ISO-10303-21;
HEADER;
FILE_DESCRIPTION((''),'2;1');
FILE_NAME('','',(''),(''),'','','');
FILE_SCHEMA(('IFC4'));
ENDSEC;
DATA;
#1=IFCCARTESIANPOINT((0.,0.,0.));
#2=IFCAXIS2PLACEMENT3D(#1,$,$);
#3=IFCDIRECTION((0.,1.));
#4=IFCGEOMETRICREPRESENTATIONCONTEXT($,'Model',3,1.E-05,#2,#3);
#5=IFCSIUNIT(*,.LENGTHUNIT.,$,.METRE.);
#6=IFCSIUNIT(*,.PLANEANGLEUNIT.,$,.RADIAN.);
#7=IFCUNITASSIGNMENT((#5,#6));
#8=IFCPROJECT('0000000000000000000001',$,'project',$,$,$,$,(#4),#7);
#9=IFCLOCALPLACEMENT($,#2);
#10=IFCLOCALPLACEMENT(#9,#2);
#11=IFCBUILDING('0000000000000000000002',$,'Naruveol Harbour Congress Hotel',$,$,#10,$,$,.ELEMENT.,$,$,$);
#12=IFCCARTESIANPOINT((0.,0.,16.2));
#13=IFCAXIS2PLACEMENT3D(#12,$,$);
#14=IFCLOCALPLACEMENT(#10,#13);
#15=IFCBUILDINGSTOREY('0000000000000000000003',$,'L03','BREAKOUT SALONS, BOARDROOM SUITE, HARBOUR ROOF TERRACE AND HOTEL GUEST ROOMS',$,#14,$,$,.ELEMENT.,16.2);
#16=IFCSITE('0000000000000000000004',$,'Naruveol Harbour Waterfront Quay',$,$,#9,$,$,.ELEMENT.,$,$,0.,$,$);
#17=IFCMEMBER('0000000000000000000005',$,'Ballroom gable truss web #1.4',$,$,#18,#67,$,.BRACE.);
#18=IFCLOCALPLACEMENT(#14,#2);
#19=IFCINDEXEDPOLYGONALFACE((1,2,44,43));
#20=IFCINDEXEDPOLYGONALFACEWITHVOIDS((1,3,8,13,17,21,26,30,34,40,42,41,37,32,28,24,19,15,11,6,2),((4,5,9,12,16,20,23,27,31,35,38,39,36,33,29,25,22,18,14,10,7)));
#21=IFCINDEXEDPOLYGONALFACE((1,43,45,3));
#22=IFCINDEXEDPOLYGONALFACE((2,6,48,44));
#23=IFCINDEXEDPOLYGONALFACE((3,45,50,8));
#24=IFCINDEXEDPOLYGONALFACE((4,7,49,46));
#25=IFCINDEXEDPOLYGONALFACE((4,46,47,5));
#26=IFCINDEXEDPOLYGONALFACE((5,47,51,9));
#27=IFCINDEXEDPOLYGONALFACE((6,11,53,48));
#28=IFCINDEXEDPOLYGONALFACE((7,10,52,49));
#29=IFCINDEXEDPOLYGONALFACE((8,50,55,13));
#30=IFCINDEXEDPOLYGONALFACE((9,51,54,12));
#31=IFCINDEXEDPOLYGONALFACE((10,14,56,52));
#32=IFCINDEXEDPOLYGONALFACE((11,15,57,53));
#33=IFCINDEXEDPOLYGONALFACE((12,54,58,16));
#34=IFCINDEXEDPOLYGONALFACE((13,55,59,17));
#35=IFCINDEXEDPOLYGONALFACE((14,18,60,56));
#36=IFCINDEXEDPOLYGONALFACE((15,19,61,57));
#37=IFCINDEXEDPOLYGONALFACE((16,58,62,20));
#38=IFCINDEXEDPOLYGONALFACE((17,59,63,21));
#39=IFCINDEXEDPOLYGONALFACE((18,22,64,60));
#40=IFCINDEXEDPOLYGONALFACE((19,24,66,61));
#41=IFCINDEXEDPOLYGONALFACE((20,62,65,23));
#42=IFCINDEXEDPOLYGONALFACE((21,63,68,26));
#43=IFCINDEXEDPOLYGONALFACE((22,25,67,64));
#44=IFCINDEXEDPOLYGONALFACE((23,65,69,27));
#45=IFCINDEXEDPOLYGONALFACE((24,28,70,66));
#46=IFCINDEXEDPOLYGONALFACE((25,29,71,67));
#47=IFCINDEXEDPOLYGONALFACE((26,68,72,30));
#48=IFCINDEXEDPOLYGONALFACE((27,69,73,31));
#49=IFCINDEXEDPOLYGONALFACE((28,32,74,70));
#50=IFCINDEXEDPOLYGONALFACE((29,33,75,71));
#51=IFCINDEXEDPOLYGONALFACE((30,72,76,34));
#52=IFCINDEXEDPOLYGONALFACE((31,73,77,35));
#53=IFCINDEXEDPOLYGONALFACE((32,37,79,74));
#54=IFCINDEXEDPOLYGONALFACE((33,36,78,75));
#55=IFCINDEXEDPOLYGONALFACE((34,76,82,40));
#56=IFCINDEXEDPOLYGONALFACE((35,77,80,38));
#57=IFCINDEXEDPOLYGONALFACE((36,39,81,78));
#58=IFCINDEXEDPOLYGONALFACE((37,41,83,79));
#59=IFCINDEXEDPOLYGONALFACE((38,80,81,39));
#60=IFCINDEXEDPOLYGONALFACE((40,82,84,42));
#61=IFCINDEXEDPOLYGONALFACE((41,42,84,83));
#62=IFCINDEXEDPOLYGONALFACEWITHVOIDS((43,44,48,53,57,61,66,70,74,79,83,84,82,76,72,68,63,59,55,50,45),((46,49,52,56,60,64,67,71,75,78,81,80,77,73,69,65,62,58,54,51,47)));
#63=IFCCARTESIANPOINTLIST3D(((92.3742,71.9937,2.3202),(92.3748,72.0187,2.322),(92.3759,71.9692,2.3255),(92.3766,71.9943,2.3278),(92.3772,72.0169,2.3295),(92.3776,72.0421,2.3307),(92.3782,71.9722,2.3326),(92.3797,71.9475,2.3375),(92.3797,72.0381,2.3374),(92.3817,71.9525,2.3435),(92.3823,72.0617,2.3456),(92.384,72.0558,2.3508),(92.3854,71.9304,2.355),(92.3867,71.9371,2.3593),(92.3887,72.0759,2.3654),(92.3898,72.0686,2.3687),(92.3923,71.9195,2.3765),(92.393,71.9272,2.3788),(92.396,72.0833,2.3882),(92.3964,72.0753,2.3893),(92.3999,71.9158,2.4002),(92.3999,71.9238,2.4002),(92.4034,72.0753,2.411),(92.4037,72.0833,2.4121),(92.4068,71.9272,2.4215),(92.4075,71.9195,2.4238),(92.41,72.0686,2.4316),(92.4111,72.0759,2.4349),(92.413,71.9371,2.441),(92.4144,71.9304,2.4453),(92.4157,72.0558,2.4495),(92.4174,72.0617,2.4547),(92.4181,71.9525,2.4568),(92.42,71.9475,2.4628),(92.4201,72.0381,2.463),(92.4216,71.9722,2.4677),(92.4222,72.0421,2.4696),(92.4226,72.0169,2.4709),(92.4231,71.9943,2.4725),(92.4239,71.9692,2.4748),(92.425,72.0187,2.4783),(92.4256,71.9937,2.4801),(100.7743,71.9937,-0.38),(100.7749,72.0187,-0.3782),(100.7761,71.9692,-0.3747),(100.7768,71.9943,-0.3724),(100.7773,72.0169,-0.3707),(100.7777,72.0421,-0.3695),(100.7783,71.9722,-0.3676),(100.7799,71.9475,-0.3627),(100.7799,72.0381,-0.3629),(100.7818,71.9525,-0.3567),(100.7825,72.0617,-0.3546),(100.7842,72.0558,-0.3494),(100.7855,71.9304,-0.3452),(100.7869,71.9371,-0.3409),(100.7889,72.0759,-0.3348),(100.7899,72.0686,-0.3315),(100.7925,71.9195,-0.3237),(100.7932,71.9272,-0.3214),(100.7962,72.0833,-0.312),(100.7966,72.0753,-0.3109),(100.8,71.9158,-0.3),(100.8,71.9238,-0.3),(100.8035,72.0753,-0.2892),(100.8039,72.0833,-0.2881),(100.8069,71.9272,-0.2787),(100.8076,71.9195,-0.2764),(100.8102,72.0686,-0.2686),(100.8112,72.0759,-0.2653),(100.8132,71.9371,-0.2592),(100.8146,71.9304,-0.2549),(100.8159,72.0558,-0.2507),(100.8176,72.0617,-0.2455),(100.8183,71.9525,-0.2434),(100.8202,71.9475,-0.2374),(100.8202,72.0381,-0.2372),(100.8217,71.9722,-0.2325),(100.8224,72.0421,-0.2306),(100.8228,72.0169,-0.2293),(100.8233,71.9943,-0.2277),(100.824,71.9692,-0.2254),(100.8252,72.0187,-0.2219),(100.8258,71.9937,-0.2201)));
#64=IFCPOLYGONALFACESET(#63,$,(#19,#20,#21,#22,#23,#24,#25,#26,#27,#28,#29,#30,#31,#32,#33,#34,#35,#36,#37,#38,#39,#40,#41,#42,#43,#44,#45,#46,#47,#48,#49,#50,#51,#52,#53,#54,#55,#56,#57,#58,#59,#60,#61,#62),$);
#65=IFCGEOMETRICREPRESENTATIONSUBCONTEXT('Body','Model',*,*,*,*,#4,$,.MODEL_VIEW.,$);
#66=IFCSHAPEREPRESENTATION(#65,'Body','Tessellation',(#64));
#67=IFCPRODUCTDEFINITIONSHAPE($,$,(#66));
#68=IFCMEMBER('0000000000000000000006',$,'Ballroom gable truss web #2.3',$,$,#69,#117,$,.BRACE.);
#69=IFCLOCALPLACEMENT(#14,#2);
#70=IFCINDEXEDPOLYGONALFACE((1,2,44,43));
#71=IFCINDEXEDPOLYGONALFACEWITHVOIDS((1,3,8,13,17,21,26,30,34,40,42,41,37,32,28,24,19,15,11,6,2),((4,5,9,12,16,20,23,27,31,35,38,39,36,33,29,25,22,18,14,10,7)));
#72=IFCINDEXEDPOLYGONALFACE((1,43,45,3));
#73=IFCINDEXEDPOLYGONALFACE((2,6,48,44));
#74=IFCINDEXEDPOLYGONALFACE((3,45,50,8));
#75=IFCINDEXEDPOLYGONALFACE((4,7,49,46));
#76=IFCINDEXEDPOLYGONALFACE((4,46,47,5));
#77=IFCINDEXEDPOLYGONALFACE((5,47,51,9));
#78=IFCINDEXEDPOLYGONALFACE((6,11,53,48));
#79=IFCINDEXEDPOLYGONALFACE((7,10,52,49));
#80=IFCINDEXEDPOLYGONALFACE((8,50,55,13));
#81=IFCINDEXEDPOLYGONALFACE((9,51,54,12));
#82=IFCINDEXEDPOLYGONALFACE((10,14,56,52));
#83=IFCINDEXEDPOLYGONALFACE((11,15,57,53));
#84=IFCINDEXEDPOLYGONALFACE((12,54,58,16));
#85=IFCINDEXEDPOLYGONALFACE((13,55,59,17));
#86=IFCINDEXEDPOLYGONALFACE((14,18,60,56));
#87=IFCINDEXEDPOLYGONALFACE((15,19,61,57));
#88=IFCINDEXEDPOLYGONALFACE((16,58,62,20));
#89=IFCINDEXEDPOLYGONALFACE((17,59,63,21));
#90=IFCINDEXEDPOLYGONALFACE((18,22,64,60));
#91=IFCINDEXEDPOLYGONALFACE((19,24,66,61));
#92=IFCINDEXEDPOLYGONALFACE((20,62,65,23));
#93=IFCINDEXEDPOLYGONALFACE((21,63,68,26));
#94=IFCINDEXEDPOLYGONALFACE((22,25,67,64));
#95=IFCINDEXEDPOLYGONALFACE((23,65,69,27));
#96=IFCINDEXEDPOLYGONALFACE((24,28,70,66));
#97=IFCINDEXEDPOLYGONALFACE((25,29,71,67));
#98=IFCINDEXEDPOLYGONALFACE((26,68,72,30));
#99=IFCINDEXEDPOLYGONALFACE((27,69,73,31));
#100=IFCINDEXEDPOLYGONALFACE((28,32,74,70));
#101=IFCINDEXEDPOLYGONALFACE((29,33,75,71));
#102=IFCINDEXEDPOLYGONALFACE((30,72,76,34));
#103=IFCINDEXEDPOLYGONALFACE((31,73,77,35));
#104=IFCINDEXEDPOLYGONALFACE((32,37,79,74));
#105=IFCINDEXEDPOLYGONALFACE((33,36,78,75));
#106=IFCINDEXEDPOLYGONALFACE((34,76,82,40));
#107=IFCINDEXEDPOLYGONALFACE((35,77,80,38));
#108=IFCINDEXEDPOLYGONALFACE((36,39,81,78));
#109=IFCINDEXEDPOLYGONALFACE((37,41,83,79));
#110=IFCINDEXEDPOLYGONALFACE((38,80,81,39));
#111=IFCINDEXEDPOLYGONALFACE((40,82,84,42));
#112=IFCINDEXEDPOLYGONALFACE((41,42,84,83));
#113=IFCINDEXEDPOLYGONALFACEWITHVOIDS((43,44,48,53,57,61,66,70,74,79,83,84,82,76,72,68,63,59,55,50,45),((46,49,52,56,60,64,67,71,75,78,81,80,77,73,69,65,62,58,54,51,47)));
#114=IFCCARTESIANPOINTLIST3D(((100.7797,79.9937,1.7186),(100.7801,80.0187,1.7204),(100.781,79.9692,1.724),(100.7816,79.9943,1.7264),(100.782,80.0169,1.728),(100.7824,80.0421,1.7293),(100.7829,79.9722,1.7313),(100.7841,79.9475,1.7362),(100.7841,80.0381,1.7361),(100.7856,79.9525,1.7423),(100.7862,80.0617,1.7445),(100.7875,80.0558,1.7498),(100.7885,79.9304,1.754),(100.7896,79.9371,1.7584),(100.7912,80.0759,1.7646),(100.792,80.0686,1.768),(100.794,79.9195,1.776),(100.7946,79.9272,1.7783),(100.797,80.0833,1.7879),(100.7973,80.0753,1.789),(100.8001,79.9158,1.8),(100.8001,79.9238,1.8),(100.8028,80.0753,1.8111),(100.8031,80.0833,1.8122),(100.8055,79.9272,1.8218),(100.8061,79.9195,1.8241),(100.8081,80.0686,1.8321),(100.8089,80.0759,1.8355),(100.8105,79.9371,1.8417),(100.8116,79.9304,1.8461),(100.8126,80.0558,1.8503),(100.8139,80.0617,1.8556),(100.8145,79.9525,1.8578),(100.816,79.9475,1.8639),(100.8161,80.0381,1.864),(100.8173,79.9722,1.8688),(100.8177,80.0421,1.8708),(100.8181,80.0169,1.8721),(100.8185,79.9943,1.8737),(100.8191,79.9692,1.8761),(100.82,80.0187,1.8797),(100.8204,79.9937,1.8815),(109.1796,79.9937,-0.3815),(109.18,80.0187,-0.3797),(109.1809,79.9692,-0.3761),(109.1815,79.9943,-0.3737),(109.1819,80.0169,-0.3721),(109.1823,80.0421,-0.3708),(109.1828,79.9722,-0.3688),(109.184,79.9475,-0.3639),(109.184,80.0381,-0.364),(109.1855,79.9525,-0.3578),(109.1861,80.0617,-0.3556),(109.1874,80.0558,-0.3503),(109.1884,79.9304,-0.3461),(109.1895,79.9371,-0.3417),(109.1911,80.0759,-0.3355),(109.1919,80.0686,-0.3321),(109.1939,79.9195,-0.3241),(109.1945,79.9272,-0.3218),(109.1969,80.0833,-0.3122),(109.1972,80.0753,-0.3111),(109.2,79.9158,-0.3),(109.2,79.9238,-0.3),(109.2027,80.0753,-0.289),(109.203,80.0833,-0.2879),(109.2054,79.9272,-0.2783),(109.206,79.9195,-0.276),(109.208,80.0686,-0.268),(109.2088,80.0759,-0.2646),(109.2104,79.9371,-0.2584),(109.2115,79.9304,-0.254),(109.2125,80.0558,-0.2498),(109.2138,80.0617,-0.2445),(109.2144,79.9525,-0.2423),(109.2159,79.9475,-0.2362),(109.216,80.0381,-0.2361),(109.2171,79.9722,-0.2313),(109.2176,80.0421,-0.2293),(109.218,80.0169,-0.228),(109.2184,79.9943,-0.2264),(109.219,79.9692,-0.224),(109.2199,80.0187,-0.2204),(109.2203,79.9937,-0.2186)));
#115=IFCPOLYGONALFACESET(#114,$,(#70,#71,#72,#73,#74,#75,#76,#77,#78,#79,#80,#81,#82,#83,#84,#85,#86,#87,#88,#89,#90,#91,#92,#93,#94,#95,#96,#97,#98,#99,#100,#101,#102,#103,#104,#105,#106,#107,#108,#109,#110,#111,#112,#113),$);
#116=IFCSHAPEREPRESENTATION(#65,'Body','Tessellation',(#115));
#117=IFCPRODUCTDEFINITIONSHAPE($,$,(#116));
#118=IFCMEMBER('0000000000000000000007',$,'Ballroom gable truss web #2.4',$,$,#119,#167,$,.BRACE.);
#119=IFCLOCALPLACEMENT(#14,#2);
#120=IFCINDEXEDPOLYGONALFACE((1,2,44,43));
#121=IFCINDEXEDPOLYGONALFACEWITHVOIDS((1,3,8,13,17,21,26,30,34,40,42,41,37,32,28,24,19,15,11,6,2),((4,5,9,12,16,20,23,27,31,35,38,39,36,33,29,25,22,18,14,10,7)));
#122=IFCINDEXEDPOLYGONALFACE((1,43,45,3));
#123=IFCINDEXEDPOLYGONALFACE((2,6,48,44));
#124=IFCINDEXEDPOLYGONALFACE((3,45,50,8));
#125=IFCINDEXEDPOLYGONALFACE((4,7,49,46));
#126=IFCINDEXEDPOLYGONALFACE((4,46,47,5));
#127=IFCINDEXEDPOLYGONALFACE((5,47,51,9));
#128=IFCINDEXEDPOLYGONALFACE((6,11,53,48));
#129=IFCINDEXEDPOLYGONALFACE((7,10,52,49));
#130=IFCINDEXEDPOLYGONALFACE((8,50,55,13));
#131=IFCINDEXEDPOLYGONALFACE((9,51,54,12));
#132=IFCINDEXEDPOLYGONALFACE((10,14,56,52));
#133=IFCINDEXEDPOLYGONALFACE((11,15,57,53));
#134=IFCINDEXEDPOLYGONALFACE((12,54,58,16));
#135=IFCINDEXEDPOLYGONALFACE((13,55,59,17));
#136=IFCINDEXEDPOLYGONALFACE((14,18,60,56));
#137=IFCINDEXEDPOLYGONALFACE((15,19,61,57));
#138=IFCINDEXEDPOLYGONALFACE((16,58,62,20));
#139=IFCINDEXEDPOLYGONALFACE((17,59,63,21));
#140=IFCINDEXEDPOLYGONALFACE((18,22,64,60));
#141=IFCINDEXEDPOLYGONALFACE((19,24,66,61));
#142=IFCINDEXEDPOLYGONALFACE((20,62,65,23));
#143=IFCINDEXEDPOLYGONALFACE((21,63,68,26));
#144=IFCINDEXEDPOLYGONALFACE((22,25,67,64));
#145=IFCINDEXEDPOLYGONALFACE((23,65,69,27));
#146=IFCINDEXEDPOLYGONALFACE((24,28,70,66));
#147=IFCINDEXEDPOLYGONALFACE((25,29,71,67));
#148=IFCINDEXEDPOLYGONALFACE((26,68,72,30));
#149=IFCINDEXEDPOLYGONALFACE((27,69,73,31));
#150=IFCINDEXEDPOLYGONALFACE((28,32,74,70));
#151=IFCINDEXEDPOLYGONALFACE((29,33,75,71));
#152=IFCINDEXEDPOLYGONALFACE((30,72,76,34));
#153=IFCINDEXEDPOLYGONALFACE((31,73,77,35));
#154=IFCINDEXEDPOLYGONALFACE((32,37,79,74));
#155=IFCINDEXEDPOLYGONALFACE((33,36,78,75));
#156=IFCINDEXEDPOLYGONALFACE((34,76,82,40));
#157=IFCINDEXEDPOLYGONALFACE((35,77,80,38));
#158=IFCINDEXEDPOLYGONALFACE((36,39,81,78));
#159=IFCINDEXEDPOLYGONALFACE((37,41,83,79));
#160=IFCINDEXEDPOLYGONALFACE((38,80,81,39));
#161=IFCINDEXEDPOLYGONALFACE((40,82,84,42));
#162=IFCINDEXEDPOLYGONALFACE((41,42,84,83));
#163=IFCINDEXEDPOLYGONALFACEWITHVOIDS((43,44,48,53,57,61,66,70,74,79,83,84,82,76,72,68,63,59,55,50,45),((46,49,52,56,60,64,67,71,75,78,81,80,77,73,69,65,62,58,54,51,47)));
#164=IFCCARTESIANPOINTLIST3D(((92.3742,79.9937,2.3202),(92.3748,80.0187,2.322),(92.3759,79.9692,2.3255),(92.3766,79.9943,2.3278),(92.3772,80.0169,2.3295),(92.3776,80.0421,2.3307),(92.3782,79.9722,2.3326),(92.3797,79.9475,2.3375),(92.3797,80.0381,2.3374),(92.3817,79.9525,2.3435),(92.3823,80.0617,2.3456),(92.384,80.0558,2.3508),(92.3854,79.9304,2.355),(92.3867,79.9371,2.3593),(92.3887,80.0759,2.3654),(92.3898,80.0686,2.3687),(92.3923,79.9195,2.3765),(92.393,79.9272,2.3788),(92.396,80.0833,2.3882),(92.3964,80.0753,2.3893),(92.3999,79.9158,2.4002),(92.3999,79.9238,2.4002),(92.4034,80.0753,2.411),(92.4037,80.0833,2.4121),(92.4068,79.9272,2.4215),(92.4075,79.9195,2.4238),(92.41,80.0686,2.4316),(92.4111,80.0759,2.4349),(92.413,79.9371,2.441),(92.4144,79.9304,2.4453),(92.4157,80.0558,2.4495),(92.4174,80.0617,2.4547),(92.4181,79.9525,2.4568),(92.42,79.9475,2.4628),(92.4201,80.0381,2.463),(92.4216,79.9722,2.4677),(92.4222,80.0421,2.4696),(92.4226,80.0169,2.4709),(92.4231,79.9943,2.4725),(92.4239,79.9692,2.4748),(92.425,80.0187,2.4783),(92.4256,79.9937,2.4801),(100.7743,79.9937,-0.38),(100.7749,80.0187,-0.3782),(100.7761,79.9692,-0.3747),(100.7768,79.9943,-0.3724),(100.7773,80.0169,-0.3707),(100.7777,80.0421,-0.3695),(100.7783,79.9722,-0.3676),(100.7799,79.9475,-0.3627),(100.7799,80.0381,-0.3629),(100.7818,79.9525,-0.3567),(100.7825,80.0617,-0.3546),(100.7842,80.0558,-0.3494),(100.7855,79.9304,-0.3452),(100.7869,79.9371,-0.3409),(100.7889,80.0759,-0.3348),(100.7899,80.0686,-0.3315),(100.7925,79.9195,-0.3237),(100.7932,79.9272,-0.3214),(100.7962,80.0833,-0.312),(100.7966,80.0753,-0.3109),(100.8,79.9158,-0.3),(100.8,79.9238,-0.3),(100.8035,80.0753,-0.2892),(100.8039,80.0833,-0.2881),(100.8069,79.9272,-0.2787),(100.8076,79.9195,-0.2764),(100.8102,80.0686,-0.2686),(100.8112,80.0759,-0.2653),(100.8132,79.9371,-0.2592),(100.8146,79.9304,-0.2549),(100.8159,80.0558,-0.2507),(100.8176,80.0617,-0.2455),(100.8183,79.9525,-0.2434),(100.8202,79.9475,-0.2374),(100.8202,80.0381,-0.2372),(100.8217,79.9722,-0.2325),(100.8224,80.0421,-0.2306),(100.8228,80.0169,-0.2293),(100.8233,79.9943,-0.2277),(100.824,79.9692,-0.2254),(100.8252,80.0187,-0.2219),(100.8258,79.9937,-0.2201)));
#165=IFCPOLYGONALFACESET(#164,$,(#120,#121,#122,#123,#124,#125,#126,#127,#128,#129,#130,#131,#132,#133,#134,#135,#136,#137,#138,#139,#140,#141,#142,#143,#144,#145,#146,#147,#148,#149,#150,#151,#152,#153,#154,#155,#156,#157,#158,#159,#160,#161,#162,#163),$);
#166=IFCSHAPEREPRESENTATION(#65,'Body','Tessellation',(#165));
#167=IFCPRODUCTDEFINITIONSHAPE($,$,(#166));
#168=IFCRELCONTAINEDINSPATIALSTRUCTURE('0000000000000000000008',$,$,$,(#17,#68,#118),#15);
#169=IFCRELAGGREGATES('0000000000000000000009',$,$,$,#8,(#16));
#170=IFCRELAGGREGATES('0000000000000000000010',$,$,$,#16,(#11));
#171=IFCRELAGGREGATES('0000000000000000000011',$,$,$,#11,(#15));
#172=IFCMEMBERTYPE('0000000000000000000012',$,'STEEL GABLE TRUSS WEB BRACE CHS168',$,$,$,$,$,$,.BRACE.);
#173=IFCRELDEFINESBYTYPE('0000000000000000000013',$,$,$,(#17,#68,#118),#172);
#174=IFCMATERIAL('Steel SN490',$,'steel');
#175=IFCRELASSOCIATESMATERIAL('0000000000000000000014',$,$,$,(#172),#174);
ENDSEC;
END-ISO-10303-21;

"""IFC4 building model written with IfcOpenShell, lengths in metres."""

from ifc_helpers import new_model, si_unit, direction, frame, origin, origin_2d, place, context, subcontext, project, spatial, hollow_circle, extrude, material, material_profile, profile_set, type_object, element, save


model = new_model("IFC4")

# Units and contexts
model_context = context("Model", 3, precision=1e-05, world=origin(), true_north=direction((0.0, 1.0)))
body_context = subcontext(model_context, "Body", "Model", "MODEL_VIEW")
ifc_project = project(units=[si_unit("LENGTHUNIT", "METRE"), si_unit("PLANEANGLEUNIT", "RADIAN")], contexts=[model_context])

# Site, building, storey
site_placement = place(None, origin())
site = spatial("IfcSite", under=ifc_project, at=site_placement, Name="Naruveol Harbour Waterfront Quay", CompositionType="ELEMENT", RefElevation=0.0)
building_placement = place(site_placement, origin())
building = spatial("IfcBuilding", under=site, at=building_placement, Name="Naruveol Harbour Congress Hotel", CompositionType="ELEMENT")
storey_placement = place(building_placement, frame((0.0, 0.0, 16.2)))
storey = spatial("IfcBuildingStorey", under=building, at=storey_placement, Name="L03", Description="BREAKOUT SALONS, BOARDROOM SUITE, HARBOUR ROOF TERRACE AND HOTEL GUEST ROOMS", CompositionType="ELEMENT", Elevation=16.2)

# Members
ifc_material_1 = material(Name="Steel SN490", Category="steel")
ifc_material_profile_1 = material_profile(ifc_material_1, hollow_circle(Radius=0.0842, WallThickness=0.0081, at=origin_2d()), Name="CHS-168.3x8")
ifc_profile_set_1 = profile_set([ifc_material_profile_1], Name="Steel SN490")
member_type_1 = type_object("IfcMemberType", Name="STEEL GABLE TRUSS WEB BRACE CHS168", PredefinedType="BRACE", material=ifc_profile_set_1)
member_1_placement = place(storey_placement, frame((100.8, 72.0, -0.3), z_axis=(-0.952024, 0.0, 0.306024), x_axis=(0.0, -1.0, 0.0)))
element("IfcMember", 1, at=member_1_placement, inside=storey, type_object=member_type_1, Name="Ballroom gable truss web #1.4", PredefinedType="BRACE", context=body_context, shape_type="SweptSolid", body=[
    extrude(hollow_circle(Radius=0.0842, WallThickness=0.0081, at=origin_2d()), origin(), (0.0, 0.0, 1.0), 8.8235),
])
member_2_placement = place(storey_placement, frame((109.2, 80.0, -0.3), z_axis=(-0.970139, 0.0, 0.242549), x_axis=(0.0, -1.0, 0.0)))
element("IfcMember", 2, at=member_2_placement, inside=storey, type_object=member_type_1, Name="Ballroom gable truss web #2.3", PredefinedType="BRACE", context=body_context, shape_type="SweptSolid", body=[
    extrude(hollow_circle(Radius=0.0842, WallThickness=0.0081, at=origin_2d()), origin(), (0.0, 0.0, 1.0), 8.6584),
])
member_3_placement = place(storey_placement, frame((100.8, 80.0, -0.3), z_axis=(-0.952024, 0.0, 0.306024), x_axis=(0.0, -1.0, 0.0)))
element("IfcMember", 3, at=member_3_placement, inside=storey, type_object=member_type_1, Name="Ballroom gable truss web #2.4", PredefinedType="BRACE", context=body_context, shape_type="SweptSolid", body=[
    extrude(hollow_circle(Radius=0.0842, WallThickness=0.0081, at=origin_2d()), origin(), (0.0, 0.0, 1.0), 8.8235),
])

save(model, "model.ifc")
